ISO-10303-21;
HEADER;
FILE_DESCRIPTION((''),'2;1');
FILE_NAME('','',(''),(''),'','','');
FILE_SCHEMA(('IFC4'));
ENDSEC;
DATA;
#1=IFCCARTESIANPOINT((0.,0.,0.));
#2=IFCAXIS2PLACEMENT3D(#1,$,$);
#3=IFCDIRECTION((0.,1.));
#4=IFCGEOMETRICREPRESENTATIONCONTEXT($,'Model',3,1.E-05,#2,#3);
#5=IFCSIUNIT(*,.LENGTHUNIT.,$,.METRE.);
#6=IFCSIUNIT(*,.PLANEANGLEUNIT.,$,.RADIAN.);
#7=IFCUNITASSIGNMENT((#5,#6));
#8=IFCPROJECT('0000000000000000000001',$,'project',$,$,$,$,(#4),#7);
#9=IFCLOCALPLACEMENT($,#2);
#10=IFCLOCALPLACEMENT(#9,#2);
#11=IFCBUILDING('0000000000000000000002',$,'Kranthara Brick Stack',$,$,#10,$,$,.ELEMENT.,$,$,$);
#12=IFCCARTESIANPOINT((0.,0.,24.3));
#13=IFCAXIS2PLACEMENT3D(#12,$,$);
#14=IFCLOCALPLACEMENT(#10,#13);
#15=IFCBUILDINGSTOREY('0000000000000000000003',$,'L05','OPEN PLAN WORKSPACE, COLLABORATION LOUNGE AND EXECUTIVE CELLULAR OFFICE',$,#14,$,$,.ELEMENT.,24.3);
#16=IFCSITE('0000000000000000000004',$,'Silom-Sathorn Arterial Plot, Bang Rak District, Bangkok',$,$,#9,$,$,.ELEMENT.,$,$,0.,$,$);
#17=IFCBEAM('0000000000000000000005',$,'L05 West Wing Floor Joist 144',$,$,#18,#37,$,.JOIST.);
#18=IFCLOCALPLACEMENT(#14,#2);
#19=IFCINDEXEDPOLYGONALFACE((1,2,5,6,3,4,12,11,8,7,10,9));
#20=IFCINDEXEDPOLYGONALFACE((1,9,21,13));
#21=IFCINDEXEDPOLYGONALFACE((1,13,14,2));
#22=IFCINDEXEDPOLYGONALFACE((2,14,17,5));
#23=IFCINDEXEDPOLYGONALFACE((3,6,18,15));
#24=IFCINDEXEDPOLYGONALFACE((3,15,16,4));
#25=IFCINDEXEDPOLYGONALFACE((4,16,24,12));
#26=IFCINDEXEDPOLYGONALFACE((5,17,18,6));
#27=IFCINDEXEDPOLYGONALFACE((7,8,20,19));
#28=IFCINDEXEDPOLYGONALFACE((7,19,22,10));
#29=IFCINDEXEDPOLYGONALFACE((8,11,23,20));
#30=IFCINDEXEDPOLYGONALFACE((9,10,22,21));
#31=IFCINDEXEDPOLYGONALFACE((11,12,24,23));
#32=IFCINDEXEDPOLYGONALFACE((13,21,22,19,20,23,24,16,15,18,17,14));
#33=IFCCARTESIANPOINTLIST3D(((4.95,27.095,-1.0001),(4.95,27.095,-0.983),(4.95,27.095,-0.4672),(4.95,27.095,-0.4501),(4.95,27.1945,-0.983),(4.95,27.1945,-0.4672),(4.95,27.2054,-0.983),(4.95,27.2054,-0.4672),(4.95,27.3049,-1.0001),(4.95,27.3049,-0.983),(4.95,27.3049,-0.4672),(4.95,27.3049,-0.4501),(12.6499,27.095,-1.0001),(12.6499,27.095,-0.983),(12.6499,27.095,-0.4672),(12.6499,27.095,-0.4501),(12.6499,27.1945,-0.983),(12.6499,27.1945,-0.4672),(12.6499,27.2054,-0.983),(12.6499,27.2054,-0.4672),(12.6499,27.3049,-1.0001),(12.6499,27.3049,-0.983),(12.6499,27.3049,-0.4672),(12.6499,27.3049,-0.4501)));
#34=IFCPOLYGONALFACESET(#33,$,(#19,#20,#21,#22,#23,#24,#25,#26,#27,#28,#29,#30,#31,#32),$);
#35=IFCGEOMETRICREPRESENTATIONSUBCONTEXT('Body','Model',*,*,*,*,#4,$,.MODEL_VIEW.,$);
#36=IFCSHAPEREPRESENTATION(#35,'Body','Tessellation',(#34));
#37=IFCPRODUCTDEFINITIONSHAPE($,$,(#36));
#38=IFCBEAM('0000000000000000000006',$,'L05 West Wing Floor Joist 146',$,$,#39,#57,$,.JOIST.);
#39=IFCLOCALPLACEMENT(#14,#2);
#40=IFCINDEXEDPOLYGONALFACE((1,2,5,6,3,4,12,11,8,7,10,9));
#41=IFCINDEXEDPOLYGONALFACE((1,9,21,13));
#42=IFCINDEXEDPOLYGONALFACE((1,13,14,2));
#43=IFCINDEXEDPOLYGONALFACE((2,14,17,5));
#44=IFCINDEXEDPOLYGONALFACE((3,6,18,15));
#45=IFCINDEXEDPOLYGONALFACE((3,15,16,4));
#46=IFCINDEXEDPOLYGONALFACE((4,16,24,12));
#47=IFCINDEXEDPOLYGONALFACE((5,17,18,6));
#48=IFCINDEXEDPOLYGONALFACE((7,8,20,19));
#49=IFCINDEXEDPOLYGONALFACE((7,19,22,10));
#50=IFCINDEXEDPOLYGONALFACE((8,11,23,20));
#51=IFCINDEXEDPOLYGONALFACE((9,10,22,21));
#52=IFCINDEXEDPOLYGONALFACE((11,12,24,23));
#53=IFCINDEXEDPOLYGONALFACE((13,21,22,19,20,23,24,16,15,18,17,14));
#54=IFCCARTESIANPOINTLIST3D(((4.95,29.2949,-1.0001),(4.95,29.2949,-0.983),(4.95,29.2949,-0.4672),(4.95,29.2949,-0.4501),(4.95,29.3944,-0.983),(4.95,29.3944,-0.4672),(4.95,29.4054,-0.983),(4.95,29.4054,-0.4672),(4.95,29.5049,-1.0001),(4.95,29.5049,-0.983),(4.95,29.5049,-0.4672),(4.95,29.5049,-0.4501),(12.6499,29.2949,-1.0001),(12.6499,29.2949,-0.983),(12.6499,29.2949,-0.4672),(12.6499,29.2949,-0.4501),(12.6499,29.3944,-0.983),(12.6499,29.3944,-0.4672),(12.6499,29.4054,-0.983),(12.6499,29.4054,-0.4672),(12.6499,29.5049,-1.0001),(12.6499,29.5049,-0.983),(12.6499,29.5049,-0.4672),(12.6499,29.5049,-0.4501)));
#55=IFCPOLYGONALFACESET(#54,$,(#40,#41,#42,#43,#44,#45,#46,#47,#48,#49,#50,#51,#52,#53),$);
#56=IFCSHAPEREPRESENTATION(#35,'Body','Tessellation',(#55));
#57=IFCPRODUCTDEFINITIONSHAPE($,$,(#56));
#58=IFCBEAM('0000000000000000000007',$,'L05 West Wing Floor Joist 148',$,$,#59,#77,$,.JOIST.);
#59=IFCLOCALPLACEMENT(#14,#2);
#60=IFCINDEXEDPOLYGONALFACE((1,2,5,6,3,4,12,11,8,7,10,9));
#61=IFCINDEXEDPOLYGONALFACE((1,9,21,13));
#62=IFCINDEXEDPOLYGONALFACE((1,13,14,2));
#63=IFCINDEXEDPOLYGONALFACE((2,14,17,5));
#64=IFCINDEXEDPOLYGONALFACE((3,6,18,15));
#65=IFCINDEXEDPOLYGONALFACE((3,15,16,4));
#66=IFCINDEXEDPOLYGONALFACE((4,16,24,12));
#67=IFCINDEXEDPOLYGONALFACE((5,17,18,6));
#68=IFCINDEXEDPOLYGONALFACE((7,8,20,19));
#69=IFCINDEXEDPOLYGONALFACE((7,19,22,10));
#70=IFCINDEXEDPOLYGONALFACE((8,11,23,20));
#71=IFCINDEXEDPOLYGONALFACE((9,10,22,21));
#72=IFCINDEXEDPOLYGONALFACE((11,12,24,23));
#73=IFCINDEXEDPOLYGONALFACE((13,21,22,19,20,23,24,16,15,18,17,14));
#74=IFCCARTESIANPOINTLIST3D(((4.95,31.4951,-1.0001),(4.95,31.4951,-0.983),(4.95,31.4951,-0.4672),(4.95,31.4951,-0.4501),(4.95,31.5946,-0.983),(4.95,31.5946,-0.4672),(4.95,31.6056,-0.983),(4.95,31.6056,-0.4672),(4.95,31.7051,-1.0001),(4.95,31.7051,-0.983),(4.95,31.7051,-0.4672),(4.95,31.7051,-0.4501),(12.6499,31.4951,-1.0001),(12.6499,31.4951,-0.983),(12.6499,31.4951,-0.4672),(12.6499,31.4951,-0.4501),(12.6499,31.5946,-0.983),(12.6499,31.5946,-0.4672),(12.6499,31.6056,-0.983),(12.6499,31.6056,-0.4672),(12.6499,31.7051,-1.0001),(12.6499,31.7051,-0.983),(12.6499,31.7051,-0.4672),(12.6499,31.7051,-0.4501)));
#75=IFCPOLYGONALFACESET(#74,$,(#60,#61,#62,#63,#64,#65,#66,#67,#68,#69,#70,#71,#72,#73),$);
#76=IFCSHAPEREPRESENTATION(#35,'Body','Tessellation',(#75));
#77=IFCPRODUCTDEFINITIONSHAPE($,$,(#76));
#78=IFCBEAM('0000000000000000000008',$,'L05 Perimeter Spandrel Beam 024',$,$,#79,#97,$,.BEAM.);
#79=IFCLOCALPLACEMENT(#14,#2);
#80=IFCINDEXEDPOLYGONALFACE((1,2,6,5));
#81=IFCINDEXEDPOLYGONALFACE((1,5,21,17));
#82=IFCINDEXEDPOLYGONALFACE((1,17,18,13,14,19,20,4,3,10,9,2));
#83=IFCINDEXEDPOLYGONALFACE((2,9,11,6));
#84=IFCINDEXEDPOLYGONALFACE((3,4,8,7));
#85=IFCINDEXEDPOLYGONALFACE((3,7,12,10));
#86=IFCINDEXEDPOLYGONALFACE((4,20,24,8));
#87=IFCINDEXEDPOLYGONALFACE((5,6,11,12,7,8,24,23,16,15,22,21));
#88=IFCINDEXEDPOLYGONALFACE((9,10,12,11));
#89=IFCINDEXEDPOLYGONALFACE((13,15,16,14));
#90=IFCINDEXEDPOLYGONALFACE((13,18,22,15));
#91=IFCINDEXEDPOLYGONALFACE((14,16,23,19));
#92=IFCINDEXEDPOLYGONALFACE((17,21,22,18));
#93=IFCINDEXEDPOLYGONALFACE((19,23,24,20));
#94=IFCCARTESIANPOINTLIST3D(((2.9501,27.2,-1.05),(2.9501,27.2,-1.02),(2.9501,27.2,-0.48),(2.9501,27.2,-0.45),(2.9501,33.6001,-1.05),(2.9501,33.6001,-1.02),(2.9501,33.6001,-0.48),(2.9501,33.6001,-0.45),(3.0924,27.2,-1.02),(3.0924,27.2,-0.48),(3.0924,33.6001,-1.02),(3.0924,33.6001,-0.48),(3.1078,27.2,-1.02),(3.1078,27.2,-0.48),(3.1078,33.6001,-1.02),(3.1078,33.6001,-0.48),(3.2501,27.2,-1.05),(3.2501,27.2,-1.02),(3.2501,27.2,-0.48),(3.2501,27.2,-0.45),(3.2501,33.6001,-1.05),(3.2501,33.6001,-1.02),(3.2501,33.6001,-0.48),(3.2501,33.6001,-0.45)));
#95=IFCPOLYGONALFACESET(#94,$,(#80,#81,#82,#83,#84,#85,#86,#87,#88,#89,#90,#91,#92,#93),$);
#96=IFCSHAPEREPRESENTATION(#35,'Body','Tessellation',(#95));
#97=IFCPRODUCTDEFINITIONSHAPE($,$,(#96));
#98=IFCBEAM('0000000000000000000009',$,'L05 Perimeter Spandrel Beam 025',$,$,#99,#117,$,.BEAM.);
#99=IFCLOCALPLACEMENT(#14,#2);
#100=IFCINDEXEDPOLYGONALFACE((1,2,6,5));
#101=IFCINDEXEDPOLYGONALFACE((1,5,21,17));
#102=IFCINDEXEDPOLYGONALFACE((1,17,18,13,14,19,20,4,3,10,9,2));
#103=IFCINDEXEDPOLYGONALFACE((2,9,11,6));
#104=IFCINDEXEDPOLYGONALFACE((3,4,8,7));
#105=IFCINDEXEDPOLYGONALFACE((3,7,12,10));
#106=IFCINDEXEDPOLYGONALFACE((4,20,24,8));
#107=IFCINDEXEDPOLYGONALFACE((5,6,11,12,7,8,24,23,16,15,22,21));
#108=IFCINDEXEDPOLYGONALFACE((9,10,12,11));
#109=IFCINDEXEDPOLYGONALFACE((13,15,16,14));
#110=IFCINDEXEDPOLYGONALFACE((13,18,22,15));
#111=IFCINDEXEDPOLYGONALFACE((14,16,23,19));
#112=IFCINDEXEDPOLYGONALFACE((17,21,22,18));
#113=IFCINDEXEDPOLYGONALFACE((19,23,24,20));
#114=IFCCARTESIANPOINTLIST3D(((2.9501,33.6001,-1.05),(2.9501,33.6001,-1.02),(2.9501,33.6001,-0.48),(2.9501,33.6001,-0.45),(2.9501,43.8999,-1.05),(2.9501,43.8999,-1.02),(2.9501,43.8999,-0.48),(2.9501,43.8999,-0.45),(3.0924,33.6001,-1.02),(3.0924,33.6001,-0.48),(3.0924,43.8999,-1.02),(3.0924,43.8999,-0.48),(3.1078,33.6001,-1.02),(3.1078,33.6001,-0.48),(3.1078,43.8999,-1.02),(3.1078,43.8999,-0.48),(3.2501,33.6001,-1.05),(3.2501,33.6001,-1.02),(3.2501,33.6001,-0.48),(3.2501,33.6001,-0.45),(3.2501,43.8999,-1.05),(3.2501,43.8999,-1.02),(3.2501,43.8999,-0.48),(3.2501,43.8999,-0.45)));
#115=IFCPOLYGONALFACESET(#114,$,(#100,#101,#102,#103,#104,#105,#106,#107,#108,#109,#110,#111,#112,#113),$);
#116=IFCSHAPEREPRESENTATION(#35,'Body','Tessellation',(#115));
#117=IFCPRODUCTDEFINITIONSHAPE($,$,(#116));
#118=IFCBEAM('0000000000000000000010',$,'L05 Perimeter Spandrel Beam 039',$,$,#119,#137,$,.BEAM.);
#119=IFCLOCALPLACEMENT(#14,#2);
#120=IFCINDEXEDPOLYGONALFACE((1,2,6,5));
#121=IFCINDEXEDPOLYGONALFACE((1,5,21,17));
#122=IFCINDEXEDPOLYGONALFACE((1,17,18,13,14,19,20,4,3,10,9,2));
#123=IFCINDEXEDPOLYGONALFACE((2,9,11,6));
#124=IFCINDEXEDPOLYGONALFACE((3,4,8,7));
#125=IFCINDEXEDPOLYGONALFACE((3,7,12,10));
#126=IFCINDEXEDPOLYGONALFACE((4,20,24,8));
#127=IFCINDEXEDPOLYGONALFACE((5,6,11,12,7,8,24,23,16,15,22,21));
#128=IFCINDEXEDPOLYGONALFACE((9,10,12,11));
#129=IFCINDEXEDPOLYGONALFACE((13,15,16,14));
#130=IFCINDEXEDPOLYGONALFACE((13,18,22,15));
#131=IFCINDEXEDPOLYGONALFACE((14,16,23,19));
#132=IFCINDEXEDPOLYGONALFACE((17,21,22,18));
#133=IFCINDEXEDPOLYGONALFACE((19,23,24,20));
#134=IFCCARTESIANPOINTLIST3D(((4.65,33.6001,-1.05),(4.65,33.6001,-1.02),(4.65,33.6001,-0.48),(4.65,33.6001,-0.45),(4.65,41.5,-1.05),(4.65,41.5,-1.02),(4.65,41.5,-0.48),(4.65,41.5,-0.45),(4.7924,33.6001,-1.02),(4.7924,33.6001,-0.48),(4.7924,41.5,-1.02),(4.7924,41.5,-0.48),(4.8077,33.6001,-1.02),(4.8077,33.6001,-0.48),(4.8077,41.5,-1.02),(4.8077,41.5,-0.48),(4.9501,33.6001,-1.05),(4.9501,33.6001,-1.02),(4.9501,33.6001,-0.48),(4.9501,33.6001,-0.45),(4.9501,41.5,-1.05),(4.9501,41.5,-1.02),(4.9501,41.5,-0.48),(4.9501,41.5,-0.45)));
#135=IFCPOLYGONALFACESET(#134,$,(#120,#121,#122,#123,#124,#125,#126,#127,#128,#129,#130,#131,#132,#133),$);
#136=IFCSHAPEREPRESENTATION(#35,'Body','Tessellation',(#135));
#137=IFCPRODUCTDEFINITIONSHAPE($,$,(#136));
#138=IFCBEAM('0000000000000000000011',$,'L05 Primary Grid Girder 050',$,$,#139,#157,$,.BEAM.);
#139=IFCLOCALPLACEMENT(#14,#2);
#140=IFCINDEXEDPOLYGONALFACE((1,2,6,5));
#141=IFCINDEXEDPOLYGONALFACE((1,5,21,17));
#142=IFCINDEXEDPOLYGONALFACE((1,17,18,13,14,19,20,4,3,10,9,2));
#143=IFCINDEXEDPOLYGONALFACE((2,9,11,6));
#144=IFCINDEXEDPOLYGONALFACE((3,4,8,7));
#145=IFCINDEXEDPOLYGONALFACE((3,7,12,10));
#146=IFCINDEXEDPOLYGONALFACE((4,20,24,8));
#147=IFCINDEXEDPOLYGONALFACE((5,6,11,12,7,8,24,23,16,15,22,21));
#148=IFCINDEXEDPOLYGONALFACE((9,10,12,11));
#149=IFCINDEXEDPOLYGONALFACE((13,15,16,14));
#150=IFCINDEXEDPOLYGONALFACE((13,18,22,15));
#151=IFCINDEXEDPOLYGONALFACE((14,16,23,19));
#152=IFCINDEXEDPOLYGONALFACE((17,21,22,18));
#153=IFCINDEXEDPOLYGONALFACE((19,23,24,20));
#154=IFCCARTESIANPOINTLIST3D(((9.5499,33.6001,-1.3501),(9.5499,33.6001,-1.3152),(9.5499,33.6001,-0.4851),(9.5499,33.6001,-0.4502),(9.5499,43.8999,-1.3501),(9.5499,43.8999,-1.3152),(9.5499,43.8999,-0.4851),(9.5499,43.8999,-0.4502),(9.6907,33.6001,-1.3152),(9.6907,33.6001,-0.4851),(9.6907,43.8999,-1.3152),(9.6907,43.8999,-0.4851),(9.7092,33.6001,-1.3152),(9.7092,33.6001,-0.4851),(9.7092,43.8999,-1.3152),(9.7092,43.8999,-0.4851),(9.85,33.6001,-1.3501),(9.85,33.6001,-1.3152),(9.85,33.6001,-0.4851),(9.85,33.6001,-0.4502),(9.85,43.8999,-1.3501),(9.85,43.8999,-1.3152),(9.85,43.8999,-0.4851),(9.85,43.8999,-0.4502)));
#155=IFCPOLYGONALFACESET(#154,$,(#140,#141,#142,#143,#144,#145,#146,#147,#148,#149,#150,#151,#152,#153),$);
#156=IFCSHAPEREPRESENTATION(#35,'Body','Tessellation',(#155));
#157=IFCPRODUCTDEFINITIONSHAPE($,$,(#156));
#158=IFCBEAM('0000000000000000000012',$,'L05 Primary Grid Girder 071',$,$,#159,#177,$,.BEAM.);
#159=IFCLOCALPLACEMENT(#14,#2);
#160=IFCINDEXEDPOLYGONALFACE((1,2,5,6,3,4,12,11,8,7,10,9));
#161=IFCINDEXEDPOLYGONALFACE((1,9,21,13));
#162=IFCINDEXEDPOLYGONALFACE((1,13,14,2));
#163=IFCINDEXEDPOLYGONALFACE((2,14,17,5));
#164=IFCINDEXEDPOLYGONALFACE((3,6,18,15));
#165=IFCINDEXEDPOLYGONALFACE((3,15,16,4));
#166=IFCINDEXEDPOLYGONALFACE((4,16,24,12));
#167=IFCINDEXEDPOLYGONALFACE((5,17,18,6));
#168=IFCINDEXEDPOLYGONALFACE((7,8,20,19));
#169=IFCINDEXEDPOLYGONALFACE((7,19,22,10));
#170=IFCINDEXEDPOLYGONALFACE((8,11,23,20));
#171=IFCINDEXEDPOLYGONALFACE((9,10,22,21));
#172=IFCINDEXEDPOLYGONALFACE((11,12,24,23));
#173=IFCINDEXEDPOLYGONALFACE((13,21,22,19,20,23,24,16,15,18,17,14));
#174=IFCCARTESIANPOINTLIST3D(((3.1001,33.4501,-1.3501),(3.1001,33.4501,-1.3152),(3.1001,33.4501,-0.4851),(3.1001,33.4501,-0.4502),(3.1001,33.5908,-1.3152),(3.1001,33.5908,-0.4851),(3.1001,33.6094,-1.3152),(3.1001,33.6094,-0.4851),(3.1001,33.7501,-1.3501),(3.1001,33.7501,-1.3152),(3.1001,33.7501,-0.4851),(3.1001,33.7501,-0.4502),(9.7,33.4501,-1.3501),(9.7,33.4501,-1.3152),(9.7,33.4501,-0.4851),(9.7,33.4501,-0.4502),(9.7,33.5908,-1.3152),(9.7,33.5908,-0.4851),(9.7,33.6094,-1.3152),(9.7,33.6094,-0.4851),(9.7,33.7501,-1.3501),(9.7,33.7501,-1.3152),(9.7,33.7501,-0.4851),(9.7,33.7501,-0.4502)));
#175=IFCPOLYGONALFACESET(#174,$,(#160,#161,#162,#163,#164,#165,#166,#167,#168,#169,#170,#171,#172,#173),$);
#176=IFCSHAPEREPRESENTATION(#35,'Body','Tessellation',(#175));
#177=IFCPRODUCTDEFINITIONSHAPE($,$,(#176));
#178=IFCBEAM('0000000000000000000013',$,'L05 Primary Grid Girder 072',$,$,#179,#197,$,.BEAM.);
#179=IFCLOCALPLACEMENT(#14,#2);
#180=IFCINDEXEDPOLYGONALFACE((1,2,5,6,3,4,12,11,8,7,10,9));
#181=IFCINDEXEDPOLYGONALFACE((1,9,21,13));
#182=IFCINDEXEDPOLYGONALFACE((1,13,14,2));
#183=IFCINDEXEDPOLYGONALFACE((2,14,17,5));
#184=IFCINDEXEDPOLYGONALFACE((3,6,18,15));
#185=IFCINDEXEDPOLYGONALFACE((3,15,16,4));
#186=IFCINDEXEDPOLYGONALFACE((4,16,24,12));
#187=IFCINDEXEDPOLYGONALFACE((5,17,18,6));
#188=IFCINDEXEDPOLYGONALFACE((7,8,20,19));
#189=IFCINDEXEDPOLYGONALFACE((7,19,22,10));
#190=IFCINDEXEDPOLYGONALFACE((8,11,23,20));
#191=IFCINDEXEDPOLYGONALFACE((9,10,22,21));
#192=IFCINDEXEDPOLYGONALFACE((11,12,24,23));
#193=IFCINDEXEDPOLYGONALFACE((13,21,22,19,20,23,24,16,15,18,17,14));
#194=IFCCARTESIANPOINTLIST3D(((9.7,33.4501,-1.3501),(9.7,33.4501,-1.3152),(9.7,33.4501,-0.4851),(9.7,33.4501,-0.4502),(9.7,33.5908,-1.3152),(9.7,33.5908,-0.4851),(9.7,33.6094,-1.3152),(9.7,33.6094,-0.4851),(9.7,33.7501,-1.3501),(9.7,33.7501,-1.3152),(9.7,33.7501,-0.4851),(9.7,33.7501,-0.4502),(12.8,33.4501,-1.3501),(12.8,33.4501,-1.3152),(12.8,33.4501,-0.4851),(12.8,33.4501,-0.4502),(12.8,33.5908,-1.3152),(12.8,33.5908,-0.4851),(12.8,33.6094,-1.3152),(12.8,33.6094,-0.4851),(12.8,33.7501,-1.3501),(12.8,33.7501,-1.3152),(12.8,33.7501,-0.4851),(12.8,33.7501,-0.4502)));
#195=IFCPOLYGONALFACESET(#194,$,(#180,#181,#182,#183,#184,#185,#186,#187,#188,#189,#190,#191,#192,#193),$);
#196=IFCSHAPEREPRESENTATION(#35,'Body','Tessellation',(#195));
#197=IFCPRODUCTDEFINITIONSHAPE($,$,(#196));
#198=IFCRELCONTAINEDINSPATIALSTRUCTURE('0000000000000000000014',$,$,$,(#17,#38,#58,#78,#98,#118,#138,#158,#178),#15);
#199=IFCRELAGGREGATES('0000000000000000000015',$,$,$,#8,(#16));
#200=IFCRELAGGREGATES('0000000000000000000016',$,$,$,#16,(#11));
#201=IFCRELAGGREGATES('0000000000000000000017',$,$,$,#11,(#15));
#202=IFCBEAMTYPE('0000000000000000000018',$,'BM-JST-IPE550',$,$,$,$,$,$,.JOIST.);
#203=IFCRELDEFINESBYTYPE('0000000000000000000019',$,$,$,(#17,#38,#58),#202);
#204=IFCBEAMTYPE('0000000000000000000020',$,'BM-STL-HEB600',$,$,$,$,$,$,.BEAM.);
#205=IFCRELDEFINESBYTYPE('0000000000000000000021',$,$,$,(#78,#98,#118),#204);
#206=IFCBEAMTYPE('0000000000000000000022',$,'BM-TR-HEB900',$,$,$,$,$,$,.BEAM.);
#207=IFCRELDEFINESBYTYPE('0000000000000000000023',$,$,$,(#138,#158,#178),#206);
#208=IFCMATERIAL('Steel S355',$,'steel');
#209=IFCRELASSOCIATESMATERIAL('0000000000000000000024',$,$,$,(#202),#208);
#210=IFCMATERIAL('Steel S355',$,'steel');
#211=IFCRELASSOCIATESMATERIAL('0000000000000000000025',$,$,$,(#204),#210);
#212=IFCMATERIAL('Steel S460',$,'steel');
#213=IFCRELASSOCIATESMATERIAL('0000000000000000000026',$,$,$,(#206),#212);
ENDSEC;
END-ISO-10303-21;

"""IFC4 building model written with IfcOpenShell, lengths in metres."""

from ifc_helpers import new_model, si_unit, direction, frame, origin, origin_2d, place, context, subcontext, project, spatial, i_section, extrude, material, material_profile, profile_set, type_object, element, save


model = new_model("IFC4")

# Units and contexts
model_context = context("Model", 3, precision=1e-05, world=origin(), true_north=direction((0.0, 1.0)))
body_context = subcontext(model_context, "Body", "Model", "MODEL_VIEW")
ifc_project = project(units=[si_unit("LENGTHUNIT", "METRE"), si_unit("PLANEANGLEUNIT", "RADIAN")], contexts=[model_context])

# Site, building, storey
site_placement = place(None, origin())
site = spatial("IfcSite", under=ifc_project, at=site_placement, Name="Silom-Sathorn Arterial Plot, Bang Rak District, Bangkok", CompositionType="ELEMENT", RefElevation=0.0)
building_placement = place(site_placement, origin())
building = spatial("IfcBuilding", under=site, at=building_placement, Name="Kranthara Brick Stack", CompositionType="ELEMENT")
storey_placement = place(building_placement, frame((0.0, 0.0, 24.3)))
storey = spatial("IfcBuildingStorey", under=building, at=storey_placement, Name="L05", Description="OPEN PLAN WORKSPACE, COLLABORATION LOUNGE AND EXECUTIVE CELLULAR OFFICE", CompositionType="ELEMENT", Elevation=24.3)

# Beams
ifc_material_1 = material(Name="Steel S355", Category="steel")
ifc_material_profile_1 = material_profile(ifc_material_1, i_section(OverallWidth=0.21, OverallDepth=0.55, WebThickness=0.011, FlangeThickness=0.0171, at=origin_2d()), Name="IPE 550")
ifc_profile_set_1 = profile_set([ifc_material_profile_1], Name="Steel S355")
beam_type_1 = type_object("IfcBeamType", Name="BM-JST-IPE550", PredefinedType="JOIST", material=ifc_profile_set_1)
for number, where, z_axis, x_axis, name in (
    (1, (4.95, 27.2, -0.7251), (1.0, 0.0, 0.0), (0.0, 1.0, 0.0), "L05 West Wing Floor Joist 144"),
    (2, (4.95, 29.3999, -0.7251), (1.0, 0.0, 0.0), (0.0, 1.0, 0.0), "L05 West Wing Floor Joist 146"),
    (3, (4.95, 31.6001, -0.7251), (1.0, 0.0, 0.0), (0.0, 1.0, 0.0), "L05 West Wing Floor Joist 148"),
):
    element("IfcBeam", number, at=place(storey_placement, frame(where, z_axis=z_axis, x_axis=x_axis)), inside=storey, type_object=beam_type_1, Name=name, PredefinedType="JOIST", context=body_context, shape_type="SweptSolid", body=[
        extrude(i_section(OverallWidth=0.21, OverallDepth=0.55, WebThickness=0.011, FlangeThickness=0.0171, at=origin_2d()), origin(), (0.0, 0.0, 1.0), 7.7),
    ])
ifc_material_2 = material(Name="Steel S355", Category="steel")
ifc_material_profile_2 = material_profile(ifc_material_2, i_section(OverallWidth=0.3, OverallDepth=0.6001, WebThickness=0.0154, FlangeThickness=0.03, at=origin_2d()), Name="HEB 600")
ifc_profile_set_2 = profile_set([ifc_material_profile_2], Name="Steel S355")
beam_type_2 = type_object("IfcBeamType", Name="BM-STL-HEB600", PredefinedType="BEAM", material=ifc_profile_set_2)
beam_1_placement = place(storey_placement, frame((3.1001, 27.2, -0.75), z_axis=(0.0, 1.0, 0.0), x_axis=(-1.0, 0.0, 0.0)))
element("IfcBeam", 4, at=beam_1_placement, inside=storey, type_object=beam_type_2, Name="L05 Perimeter Spandrel Beam 024", PredefinedType="BEAM", context=body_context, shape_type="SweptSolid", body=[
    extrude(i_section(OverallWidth=0.3, OverallDepth=0.6001, WebThickness=0.0154, FlangeThickness=0.03, at=origin_2d()), origin(), (0.0, 0.0, 1.0), 6.4001),
])
beam_2_placement = place(storey_placement, frame((3.1001, 33.6001, -0.75), z_axis=(0.0, 1.0, 0.0), x_axis=(-1.0, 0.0, 0.0)))
element("IfcBeam", 5, at=beam_2_placement, inside=storey, type_object=beam_type_2, Name="L05 Perimeter Spandrel Beam 025", PredefinedType="BEAM", context=body_context, shape_type="SweptSolid", body=[
    extrude(i_section(OverallWidth=0.3, OverallDepth=0.6001, WebThickness=0.0154, FlangeThickness=0.03, at=origin_2d()), origin(), (0.0, 0.0, 1.0), 10.2998),
])
beam_3_placement = place(storey_placement, frame((4.8, 33.6001, -0.75), z_axis=(0.0, 1.0, 0.0), x_axis=(-1.0, 0.0, 0.0)))
element("IfcBeam", 6, at=beam_3_placement, inside=storey, type_object=beam_type_2, Name="L05 Perimeter Spandrel Beam 039", PredefinedType="BEAM", context=body_context, shape_type="SweptSolid", body=[
    extrude(i_section(OverallWidth=0.3, OverallDepth=0.6001, WebThickness=0.0154, FlangeThickness=0.03, at=origin_2d()), origin(), (0.0, 0.0, 1.0), 7.8999),
])
ifc_material_3 = material(Name="Steel S460", Category="steel")
ifc_material_profile_3 = material_profile(ifc_material_3, i_section(OverallWidth=0.3, OverallDepth=0.8999, WebThickness=0.0186, FlangeThickness=0.0349, at=origin_2d()), Name="HEB 900")
ifc_profile_set_3 = profile_set([ifc_material_profile_3], Name="Steel S460")
beam_type_3 = type_object("IfcBeamType", Name="BM-TR-HEB900", PredefinedType="BEAM", material=ifc_profile_set_3)
beam_4_placement = place(storey_placement, frame((9.7, 33.6001, -0.9001), z_axis=(0.0, 1.0, 0.0), x_axis=(-1.0, 0.0, 0.0)))
element("IfcBeam", 7, at=beam_4_placement, inside=storey, type_object=beam_type_3, Name="L05 Primary Grid Girder 050", PredefinedType="BEAM", context=body_context, shape_type="SweptSolid", body=[
    extrude(i_section(OverallWidth=0.3, OverallDepth=0.8999, WebThickness=0.0186, FlangeThickness=0.0349, at=origin_2d()), origin(), (0.0, 0.0, 1.0), 10.2998),
])
beam_5_placement = place(storey_placement, frame((3.1001, 33.6001, -0.9001), z_axis=(1.0, 0.0, 0.0), x_axis=(0.0, 1.0, 0.0)))
element("IfcBeam", 8, at=beam_5_placement, inside=storey, type_object=beam_type_3, Name="L05 Primary Grid Girder 071", PredefinedType="BEAM", context=body_context, shape_type="SweptSolid", body=[
    extrude(i_section(OverallWidth=0.3, OverallDepth=0.8999, WebThickness=0.0186, FlangeThickness=0.0349, at=origin_2d()), origin(), (0.0, 0.0, 1.0), 6.5999),
])
beam_6_placement = place(storey_placement, frame((9.7, 33.6001, -0.9001), z_axis=(1.0, 0.0, 0.0), x_axis=(0.0, 1.0, 0.0)))
element("IfcBeam", 9, at=beam_6_placement, inside=storey, type_object=beam_type_3, Name="L05 Primary Grid Girder 072", PredefinedType="BEAM", context=body_context, shape_type="SweptSolid", body=[
    extrude(i_section(OverallWidth=0.3, OverallDepth=0.8999, WebThickness=0.0186, FlangeThickness=0.0349, at=origin_2d()), origin(), (0.0, 0.0, 1.0), 3.1001),
])

save(model, "model.ifc")
